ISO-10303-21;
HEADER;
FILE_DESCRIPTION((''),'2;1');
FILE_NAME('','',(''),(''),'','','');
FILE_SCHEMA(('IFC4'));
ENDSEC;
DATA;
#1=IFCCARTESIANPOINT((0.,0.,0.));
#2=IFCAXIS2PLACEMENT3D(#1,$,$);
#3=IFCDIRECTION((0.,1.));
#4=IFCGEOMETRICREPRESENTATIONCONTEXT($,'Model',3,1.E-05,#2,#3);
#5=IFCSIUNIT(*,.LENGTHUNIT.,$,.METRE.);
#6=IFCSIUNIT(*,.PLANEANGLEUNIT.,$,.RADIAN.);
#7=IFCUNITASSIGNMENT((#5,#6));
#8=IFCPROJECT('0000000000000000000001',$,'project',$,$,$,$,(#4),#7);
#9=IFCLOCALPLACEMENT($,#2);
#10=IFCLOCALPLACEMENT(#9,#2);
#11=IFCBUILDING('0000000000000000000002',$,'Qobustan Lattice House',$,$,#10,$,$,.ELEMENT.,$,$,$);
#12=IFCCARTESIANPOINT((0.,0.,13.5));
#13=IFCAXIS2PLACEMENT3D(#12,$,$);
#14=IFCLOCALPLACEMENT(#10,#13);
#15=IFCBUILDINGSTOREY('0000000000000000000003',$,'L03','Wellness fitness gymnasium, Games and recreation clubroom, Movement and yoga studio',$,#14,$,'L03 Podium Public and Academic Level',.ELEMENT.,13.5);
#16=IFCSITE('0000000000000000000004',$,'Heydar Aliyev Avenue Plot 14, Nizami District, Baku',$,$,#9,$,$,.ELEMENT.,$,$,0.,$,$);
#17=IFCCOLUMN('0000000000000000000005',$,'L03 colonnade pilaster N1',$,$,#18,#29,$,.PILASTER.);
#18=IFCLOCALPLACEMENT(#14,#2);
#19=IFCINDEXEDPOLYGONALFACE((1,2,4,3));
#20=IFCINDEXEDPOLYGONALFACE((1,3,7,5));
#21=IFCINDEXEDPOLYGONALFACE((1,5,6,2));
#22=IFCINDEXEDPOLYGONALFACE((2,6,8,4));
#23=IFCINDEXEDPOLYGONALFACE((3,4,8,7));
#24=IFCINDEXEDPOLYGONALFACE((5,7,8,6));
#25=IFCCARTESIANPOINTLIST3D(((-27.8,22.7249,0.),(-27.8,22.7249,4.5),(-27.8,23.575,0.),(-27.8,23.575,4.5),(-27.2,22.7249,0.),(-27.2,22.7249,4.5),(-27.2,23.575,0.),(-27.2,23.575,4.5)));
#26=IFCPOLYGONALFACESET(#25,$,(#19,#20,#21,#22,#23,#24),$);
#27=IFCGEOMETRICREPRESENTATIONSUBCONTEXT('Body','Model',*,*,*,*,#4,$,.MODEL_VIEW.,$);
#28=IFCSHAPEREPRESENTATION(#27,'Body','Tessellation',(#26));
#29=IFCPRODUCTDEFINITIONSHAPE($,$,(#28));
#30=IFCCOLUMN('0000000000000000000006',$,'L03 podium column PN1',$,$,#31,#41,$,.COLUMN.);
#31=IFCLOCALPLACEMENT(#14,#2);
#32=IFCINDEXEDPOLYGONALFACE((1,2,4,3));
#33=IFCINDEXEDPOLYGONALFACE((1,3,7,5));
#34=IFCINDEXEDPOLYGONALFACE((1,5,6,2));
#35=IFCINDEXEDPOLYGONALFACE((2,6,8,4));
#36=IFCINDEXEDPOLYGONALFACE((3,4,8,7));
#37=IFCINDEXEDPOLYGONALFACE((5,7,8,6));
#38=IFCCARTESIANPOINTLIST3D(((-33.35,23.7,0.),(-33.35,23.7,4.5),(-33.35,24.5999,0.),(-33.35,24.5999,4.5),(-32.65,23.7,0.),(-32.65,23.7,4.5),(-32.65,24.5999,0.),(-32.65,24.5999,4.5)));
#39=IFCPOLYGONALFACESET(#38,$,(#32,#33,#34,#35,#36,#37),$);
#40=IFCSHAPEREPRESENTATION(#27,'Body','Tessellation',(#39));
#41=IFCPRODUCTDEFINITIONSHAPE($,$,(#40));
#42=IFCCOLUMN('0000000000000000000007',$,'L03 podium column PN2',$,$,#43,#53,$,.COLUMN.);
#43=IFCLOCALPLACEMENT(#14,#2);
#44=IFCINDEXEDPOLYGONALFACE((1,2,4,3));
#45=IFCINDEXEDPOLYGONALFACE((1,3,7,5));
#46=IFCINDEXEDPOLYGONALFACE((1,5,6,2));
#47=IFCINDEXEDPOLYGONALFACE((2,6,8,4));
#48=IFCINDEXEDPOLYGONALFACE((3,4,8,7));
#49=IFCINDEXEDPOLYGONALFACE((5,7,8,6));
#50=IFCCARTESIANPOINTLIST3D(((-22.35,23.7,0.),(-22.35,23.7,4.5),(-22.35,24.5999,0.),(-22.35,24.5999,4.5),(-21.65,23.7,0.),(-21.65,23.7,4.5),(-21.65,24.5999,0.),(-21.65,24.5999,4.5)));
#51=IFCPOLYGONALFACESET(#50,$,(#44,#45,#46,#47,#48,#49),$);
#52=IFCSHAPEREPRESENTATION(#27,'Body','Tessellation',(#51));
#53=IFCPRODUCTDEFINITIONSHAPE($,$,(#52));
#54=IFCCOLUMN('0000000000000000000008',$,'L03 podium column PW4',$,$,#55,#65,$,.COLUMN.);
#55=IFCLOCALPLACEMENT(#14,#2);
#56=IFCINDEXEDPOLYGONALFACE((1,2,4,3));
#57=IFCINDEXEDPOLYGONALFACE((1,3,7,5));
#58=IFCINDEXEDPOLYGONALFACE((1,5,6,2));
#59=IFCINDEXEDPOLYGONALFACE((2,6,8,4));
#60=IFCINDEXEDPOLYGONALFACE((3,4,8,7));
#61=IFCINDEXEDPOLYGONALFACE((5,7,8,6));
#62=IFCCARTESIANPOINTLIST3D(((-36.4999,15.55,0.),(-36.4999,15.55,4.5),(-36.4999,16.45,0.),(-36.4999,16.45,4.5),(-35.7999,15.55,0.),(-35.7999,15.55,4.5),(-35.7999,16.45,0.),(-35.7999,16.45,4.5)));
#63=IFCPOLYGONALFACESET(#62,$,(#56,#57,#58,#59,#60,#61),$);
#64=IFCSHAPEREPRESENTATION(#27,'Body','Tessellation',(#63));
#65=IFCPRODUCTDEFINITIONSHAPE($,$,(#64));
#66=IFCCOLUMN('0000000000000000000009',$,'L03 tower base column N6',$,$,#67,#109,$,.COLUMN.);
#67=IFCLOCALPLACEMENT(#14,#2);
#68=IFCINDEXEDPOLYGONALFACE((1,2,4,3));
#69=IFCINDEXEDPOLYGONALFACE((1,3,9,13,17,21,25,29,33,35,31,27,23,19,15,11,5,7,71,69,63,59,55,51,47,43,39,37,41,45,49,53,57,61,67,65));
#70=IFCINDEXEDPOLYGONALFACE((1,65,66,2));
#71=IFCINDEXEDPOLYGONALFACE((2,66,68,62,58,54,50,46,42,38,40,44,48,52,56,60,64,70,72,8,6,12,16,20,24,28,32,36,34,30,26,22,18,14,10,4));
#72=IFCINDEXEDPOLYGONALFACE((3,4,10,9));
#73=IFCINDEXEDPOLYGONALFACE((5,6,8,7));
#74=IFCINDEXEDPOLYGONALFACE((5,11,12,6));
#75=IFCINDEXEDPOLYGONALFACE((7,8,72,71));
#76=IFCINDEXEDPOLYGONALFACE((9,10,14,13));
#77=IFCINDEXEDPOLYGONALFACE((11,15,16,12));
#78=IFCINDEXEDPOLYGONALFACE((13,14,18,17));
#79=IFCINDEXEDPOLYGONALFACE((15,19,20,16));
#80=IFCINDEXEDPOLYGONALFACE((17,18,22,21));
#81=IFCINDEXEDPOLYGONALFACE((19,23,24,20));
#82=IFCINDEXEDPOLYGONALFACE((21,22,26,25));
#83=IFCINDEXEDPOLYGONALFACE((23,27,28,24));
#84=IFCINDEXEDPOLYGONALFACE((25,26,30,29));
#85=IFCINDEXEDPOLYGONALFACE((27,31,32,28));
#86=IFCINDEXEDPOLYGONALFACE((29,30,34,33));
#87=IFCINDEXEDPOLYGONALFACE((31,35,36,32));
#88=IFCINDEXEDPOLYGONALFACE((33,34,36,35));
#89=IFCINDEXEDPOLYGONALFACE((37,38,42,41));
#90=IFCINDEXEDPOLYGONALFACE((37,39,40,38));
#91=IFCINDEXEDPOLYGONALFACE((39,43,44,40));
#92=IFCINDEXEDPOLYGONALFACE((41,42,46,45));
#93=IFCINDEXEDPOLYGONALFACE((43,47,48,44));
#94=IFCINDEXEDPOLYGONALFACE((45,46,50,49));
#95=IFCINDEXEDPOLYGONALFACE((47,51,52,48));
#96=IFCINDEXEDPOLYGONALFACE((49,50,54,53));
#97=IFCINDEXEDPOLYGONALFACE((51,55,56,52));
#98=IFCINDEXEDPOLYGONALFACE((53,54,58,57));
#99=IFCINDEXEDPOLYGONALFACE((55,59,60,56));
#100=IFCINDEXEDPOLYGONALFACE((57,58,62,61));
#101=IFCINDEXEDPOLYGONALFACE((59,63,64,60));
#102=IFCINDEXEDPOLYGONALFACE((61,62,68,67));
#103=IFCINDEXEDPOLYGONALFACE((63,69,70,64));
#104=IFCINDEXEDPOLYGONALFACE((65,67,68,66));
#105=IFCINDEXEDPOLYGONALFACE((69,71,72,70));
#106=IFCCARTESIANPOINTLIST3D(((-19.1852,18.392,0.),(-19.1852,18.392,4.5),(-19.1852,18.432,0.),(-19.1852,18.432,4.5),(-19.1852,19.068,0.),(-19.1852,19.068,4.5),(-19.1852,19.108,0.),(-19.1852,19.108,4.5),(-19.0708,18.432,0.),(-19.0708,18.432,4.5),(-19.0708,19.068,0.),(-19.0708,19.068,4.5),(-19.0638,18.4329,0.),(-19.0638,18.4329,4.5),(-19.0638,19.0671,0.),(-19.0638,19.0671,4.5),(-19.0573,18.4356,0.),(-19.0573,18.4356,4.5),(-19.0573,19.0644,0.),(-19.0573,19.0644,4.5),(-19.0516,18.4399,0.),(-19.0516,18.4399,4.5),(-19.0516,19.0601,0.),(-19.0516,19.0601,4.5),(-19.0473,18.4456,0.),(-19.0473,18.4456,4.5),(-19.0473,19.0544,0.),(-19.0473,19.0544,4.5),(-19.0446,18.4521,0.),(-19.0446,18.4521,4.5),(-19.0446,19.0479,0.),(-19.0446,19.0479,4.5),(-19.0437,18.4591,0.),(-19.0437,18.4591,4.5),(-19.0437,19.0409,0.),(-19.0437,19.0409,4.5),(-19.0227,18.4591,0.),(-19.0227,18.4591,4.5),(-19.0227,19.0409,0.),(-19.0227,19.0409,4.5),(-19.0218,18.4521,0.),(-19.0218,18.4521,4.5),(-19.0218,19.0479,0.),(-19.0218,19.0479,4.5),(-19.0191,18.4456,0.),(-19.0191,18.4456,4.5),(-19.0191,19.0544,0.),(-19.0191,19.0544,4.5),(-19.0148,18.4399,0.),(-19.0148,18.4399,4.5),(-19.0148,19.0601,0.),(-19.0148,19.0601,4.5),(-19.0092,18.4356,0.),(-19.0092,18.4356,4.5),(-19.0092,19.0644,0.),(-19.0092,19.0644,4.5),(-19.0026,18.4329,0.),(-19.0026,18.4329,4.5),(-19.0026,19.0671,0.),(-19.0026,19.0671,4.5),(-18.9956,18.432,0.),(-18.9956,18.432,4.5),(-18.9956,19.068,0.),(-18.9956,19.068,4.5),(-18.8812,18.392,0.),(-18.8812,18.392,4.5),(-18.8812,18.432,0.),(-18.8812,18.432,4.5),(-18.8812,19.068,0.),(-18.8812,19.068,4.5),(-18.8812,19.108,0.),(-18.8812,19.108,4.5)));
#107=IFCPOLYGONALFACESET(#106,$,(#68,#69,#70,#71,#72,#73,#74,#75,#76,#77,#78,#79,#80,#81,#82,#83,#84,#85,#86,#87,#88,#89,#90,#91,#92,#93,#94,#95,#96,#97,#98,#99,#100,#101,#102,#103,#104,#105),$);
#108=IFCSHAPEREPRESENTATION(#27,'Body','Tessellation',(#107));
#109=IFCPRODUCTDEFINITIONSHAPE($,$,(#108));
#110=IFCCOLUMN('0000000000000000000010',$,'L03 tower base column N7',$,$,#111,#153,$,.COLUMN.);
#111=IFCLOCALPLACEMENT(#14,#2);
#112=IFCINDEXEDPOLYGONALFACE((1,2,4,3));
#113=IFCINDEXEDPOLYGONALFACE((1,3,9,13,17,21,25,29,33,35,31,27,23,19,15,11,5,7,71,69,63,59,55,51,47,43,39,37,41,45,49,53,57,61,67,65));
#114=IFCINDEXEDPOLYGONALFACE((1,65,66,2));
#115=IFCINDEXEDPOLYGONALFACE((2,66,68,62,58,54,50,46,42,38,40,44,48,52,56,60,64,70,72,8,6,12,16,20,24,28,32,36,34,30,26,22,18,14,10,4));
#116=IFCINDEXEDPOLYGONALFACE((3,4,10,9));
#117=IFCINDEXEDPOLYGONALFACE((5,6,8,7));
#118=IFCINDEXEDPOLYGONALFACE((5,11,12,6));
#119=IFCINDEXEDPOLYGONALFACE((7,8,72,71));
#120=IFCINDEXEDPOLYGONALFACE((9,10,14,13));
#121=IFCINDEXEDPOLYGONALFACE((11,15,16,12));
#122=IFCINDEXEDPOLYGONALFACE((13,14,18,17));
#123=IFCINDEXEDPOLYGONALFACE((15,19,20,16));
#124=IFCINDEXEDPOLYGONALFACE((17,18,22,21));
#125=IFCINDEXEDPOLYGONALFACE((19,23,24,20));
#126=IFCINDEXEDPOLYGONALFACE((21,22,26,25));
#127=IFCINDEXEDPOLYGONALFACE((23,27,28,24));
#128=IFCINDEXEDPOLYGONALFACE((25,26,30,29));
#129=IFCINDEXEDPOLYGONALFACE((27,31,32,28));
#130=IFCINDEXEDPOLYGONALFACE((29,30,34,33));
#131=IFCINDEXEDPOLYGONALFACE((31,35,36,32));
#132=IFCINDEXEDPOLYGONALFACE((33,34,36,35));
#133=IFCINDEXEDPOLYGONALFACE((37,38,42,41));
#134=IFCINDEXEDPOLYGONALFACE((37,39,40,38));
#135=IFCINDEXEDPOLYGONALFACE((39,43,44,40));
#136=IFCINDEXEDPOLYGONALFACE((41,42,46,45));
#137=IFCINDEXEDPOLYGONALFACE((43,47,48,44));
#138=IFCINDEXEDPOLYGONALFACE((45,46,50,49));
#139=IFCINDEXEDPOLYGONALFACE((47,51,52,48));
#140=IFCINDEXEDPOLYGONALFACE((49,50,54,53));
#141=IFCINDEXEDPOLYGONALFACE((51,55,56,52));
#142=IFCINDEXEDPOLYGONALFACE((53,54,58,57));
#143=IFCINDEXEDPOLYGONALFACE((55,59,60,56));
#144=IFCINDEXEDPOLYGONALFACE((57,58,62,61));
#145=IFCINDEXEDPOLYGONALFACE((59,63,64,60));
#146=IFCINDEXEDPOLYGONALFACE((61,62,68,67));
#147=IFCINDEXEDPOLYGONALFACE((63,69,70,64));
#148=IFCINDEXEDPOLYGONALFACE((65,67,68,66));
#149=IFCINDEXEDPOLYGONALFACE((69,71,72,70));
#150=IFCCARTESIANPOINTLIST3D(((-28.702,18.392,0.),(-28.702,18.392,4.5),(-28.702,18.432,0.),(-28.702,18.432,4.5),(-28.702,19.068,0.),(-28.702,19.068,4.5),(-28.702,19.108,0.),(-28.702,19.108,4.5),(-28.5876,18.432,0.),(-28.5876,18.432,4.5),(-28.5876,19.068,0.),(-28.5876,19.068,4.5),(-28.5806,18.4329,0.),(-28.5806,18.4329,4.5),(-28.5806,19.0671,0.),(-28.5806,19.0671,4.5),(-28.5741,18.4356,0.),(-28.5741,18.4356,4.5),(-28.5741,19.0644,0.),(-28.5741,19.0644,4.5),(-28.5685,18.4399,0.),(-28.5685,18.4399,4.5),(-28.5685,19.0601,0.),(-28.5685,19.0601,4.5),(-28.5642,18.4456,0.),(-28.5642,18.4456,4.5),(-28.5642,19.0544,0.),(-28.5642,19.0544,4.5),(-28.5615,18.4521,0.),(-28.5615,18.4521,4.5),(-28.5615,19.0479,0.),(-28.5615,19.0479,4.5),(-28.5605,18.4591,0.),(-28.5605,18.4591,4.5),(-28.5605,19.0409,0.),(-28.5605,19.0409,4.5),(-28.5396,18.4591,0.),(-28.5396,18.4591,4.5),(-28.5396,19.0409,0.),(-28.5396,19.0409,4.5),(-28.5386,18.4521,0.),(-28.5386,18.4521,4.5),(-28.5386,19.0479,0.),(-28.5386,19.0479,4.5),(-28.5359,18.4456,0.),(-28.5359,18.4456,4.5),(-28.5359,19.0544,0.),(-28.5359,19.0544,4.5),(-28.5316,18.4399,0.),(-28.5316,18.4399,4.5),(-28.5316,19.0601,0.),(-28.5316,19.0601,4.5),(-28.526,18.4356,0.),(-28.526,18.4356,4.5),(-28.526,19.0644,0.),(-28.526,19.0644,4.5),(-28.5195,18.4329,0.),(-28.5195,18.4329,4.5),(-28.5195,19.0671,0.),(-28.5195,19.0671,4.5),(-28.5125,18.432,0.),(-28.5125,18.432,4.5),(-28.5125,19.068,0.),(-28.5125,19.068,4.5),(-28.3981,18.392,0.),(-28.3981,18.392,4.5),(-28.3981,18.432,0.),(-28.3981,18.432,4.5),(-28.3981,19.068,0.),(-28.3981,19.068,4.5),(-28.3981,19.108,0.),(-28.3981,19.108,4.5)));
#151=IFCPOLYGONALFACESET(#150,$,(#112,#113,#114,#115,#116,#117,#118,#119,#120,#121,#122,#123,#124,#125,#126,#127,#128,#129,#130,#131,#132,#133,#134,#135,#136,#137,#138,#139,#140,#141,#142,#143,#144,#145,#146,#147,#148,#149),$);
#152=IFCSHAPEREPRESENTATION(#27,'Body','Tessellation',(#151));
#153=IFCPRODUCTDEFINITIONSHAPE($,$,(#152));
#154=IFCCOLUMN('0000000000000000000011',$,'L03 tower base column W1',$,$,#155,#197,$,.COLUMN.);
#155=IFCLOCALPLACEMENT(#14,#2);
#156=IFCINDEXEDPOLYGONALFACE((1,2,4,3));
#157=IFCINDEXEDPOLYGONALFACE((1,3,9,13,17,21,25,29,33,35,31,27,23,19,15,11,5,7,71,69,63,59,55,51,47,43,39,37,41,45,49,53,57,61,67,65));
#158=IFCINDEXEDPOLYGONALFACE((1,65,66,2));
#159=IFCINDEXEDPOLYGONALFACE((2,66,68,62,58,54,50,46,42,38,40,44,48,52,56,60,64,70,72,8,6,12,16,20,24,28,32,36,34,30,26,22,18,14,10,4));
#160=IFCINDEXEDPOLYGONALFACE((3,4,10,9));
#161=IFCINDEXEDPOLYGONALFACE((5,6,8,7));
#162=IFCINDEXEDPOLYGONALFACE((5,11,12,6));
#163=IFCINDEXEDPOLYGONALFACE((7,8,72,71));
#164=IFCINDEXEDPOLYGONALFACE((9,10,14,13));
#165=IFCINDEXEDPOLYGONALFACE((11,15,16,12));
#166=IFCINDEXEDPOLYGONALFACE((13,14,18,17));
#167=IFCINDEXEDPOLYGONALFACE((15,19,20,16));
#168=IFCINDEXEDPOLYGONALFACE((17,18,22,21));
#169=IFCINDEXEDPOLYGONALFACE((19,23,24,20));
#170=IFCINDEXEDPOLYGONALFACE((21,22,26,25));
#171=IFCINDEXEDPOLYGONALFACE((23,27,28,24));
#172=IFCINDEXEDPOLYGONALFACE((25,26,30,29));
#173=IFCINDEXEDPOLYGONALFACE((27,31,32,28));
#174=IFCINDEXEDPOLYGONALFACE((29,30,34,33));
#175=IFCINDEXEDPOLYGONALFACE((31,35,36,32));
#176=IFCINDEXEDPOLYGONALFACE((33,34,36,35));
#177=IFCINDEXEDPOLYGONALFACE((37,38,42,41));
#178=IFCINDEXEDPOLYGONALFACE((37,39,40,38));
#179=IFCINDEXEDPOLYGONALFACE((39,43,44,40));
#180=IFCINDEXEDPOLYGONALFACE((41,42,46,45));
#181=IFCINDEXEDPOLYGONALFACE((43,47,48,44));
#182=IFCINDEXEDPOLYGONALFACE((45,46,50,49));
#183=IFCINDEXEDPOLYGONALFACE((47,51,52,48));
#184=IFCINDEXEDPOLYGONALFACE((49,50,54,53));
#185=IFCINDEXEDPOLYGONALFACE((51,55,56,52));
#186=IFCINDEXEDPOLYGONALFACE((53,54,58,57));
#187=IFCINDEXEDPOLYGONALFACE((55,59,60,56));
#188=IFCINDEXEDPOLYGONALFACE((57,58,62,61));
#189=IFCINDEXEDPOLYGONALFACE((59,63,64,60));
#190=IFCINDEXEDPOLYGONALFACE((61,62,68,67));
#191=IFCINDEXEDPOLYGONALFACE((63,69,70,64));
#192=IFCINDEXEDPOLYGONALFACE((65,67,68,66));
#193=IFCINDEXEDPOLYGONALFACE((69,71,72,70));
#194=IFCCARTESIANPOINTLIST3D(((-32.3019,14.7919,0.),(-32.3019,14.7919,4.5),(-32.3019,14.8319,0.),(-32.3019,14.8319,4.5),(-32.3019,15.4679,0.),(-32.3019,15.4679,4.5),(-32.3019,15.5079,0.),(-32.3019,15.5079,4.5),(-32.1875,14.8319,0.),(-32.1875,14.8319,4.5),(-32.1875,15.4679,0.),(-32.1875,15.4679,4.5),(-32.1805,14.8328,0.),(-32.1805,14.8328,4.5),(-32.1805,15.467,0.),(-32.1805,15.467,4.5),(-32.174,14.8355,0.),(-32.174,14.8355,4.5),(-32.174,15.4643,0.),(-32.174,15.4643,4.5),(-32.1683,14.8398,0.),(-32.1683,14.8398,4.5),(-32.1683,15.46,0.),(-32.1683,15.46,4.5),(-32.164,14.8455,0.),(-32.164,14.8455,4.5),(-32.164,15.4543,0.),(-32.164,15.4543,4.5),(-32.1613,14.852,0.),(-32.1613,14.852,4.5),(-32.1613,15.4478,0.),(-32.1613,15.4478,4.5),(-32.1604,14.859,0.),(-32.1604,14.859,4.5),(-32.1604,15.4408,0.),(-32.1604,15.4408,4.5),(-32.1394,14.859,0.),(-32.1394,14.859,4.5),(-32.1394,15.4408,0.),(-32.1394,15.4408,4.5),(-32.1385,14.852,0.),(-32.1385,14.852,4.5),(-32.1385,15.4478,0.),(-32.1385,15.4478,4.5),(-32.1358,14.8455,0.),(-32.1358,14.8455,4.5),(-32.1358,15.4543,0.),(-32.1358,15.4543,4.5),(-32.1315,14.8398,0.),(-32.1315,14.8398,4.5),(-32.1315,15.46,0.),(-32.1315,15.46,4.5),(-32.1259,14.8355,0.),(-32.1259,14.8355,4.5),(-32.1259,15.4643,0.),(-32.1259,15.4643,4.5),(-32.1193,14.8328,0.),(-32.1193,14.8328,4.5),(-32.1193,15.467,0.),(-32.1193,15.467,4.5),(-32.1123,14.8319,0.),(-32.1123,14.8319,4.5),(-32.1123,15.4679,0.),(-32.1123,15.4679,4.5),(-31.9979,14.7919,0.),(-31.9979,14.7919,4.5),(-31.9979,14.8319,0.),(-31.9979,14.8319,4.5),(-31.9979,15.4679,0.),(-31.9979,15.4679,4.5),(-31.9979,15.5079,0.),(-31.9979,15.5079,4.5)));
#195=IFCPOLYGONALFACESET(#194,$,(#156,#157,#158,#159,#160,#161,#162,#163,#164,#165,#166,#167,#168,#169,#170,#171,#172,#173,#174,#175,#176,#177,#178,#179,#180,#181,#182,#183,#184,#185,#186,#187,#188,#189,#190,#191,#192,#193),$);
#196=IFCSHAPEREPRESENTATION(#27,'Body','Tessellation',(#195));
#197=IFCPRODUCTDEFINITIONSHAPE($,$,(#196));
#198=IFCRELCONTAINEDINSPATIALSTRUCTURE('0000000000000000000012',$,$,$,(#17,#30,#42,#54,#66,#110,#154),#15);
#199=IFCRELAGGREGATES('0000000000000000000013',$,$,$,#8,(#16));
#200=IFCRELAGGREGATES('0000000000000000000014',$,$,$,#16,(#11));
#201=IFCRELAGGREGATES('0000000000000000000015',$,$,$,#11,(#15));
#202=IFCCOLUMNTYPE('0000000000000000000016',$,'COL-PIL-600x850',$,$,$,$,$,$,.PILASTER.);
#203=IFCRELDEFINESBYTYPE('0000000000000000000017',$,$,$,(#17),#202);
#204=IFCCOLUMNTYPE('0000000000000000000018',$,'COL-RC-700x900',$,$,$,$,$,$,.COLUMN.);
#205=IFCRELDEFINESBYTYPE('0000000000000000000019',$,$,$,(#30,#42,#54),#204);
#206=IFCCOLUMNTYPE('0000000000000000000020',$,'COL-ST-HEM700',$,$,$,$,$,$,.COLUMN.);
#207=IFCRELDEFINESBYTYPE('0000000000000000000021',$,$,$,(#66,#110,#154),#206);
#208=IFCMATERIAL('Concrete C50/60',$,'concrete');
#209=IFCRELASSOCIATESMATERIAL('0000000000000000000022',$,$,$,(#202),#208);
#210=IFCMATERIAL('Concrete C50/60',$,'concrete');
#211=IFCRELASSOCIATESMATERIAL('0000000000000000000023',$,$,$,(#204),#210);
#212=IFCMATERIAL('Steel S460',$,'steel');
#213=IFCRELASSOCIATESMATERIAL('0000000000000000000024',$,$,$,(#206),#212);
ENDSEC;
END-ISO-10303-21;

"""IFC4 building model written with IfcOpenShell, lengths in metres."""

from ifc_helpers import new_model, si_unit, direction, frame, origin, origin_2d, place, context, subcontext, project, spatial, rectangle, i_section, extrude, material, material_profile, profile_set, type_object, element, save


model = new_model("IFC4")

# Units and contexts
model_context = context("Model", 3, precision=1e-05, world=origin(), true_north=direction((0.0, 1.0)))
body_context = subcontext(model_context, "Body", "Model", "MODEL_VIEW")
ifc_project = project(units=[si_unit("LENGTHUNIT", "METRE"), si_unit("PLANEANGLEUNIT", "RADIAN")], contexts=[model_context])

# Site, building, storey
site_placement = place(None, origin())
site = spatial("IfcSite", under=ifc_project, at=site_placement, Name="Heydar Aliyev Avenue Plot 14, Nizami District, Baku", CompositionType="ELEMENT", RefElevation=0.0)
building_placement = place(site_placement, origin())
building = spatial("IfcBuilding", under=site, at=building_placement, Name="Qobustan Lattice House", CompositionType="ELEMENT")
storey_placement = place(building_placement, frame((0.0, 0.0, 13.5)))
storey = spatial("IfcBuildingStorey", under=building, at=storey_placement, Name="L03", Description="Wellness fitness gymnasium, Games and recreation clubroom, Movement and yoga studio", LongName="L03 Podium Public and Academic Level", CompositionType="ELEMENT", Elevation=13.5)

# Columns
ifc_material_1 = material(Name="Concrete C50/60", Category="concrete")
ifc_material_profile_1 = material_profile(ifc_material_1, rectangle(XDim=0.6001, YDim=0.8501, at=origin_2d()), Name="RC600x850")
ifc_profile_set_1 = profile_set([ifc_material_profile_1], Name="Concrete C50/60")
column_type_1 = type_object("IfcColumnType", Name="COL-PIL-600x850", PredefinedType="PILASTER", material=ifc_profile_set_1)
column_placement = place(storey_placement, frame((-27.5, 23.1499, 0.0), z_axis=(0.0, 0.0, 1.0), x_axis=(1.0, 0.0, 0.0)))
element("IfcColumn", 1, at=column_placement, inside=storey, type_object=column_type_1, Name="L03 colonnade pilaster N1", PredefinedType="PILASTER", context=body_context, shape_type="SweptSolid", body=[
    extrude(rectangle(XDim=0.6001, YDim=0.8501, at=origin_2d()), origin(), (0.0, 0.0, 1.0), 4.5),
])
ifc_material_2 = material(Name="Concrete C50/60", Category="concrete")
ifc_material_profile_2 = material_profile(ifc_material_2, rectangle(XDim=0.7, YDim=0.8999, at=origin_2d()), Name="RC700x900")
ifc_profile_set_2 = profile_set([ifc_material_profile_2], Name="Concrete C50/60")
column_type_2 = type_object("IfcColumnType", Name="COL-RC-700x900", PredefinedType="COLUMN", material=ifc_profile_set_2)
for number, where, z_axis, x_axis, name in (
    (2, (-33.0, 24.1499, 0.0), (0.0, 0.0, 1.0), (1.0, 0.0, 0.0), "L03 podium column PN1"),
    (3, (-22.0, 24.1499, 0.0), (0.0, 0.0, 1.0), (1.0, 0.0, 0.0), "L03 podium column PN2"),
    (4, (-36.1499, 16.0, 0.0), (0.0, 0.0, 1.0), (1.0, 0.0, 0.0), "L03 podium column PW4"),
):
    element("IfcColumn", number, at=place(storey_placement, frame(where, z_axis=z_axis, x_axis=x_axis)), inside=storey, type_object=column_type_2, Name=name, PredefinedType="COLUMN", context=body_context, shape_type="SweptSolid", body=[
        extrude(rectangle(XDim=0.7, YDim=0.8999, at=origin_2d()), origin(), (0.0, 0.0, 1.0), 4.5),
    ])
ifc_material_3 = material(Name="Steel S460", Category="steel")
ifc_material_profile_3 = material_profile(ifc_material_3, i_section(OverallWidth=0.304, OverallDepth=0.7161, WebThickness=0.021, FlangeThickness=0.04, FilletRadius=0.0271, at=origin_2d()), Name="HEM700")
ifc_profile_set_3 = profile_set([ifc_material_profile_3], Name="Steel S460")
column_type_3 = type_object("IfcColumnType", Name="COL-ST-HEM700", PredefinedType="COLUMN", material=ifc_profile_set_3)
for number, where, z_axis, x_axis, name in (
    (5, (-19.0332, 18.75, 0.0), (0.0, 0.0, 1.0), (1.0, 0.0, 0.0), "L03 tower base column N6"),
    (6, (-28.55, 18.75, 0.0), (0.0, 0.0, 1.0), (1.0, 0.0, 0.0), "L03 tower base column N7"),
    (7, (-32.1499, 15.1499, 0.0), (0.0, 0.0, 1.0), (1.0, 0.0, 0.0), "L03 tower base column W1"),
):
    element("IfcColumn", number, at=place(storey_placement, frame(where, z_axis=z_axis, x_axis=x_axis)), inside=storey, type_object=column_type_3, Name=name, PredefinedType="COLUMN", context=body_context, shape_type="SweptSolid", body=[
        extrude(i_section(OverallWidth=0.304, OverallDepth=0.7161, WebThickness=0.021, FlangeThickness=0.04, FilletRadius=0.0271, at=origin_2d()), origin(), (0.0, 0.0, 1.0), 4.5),
    ])

save(model, "model.ifc")
